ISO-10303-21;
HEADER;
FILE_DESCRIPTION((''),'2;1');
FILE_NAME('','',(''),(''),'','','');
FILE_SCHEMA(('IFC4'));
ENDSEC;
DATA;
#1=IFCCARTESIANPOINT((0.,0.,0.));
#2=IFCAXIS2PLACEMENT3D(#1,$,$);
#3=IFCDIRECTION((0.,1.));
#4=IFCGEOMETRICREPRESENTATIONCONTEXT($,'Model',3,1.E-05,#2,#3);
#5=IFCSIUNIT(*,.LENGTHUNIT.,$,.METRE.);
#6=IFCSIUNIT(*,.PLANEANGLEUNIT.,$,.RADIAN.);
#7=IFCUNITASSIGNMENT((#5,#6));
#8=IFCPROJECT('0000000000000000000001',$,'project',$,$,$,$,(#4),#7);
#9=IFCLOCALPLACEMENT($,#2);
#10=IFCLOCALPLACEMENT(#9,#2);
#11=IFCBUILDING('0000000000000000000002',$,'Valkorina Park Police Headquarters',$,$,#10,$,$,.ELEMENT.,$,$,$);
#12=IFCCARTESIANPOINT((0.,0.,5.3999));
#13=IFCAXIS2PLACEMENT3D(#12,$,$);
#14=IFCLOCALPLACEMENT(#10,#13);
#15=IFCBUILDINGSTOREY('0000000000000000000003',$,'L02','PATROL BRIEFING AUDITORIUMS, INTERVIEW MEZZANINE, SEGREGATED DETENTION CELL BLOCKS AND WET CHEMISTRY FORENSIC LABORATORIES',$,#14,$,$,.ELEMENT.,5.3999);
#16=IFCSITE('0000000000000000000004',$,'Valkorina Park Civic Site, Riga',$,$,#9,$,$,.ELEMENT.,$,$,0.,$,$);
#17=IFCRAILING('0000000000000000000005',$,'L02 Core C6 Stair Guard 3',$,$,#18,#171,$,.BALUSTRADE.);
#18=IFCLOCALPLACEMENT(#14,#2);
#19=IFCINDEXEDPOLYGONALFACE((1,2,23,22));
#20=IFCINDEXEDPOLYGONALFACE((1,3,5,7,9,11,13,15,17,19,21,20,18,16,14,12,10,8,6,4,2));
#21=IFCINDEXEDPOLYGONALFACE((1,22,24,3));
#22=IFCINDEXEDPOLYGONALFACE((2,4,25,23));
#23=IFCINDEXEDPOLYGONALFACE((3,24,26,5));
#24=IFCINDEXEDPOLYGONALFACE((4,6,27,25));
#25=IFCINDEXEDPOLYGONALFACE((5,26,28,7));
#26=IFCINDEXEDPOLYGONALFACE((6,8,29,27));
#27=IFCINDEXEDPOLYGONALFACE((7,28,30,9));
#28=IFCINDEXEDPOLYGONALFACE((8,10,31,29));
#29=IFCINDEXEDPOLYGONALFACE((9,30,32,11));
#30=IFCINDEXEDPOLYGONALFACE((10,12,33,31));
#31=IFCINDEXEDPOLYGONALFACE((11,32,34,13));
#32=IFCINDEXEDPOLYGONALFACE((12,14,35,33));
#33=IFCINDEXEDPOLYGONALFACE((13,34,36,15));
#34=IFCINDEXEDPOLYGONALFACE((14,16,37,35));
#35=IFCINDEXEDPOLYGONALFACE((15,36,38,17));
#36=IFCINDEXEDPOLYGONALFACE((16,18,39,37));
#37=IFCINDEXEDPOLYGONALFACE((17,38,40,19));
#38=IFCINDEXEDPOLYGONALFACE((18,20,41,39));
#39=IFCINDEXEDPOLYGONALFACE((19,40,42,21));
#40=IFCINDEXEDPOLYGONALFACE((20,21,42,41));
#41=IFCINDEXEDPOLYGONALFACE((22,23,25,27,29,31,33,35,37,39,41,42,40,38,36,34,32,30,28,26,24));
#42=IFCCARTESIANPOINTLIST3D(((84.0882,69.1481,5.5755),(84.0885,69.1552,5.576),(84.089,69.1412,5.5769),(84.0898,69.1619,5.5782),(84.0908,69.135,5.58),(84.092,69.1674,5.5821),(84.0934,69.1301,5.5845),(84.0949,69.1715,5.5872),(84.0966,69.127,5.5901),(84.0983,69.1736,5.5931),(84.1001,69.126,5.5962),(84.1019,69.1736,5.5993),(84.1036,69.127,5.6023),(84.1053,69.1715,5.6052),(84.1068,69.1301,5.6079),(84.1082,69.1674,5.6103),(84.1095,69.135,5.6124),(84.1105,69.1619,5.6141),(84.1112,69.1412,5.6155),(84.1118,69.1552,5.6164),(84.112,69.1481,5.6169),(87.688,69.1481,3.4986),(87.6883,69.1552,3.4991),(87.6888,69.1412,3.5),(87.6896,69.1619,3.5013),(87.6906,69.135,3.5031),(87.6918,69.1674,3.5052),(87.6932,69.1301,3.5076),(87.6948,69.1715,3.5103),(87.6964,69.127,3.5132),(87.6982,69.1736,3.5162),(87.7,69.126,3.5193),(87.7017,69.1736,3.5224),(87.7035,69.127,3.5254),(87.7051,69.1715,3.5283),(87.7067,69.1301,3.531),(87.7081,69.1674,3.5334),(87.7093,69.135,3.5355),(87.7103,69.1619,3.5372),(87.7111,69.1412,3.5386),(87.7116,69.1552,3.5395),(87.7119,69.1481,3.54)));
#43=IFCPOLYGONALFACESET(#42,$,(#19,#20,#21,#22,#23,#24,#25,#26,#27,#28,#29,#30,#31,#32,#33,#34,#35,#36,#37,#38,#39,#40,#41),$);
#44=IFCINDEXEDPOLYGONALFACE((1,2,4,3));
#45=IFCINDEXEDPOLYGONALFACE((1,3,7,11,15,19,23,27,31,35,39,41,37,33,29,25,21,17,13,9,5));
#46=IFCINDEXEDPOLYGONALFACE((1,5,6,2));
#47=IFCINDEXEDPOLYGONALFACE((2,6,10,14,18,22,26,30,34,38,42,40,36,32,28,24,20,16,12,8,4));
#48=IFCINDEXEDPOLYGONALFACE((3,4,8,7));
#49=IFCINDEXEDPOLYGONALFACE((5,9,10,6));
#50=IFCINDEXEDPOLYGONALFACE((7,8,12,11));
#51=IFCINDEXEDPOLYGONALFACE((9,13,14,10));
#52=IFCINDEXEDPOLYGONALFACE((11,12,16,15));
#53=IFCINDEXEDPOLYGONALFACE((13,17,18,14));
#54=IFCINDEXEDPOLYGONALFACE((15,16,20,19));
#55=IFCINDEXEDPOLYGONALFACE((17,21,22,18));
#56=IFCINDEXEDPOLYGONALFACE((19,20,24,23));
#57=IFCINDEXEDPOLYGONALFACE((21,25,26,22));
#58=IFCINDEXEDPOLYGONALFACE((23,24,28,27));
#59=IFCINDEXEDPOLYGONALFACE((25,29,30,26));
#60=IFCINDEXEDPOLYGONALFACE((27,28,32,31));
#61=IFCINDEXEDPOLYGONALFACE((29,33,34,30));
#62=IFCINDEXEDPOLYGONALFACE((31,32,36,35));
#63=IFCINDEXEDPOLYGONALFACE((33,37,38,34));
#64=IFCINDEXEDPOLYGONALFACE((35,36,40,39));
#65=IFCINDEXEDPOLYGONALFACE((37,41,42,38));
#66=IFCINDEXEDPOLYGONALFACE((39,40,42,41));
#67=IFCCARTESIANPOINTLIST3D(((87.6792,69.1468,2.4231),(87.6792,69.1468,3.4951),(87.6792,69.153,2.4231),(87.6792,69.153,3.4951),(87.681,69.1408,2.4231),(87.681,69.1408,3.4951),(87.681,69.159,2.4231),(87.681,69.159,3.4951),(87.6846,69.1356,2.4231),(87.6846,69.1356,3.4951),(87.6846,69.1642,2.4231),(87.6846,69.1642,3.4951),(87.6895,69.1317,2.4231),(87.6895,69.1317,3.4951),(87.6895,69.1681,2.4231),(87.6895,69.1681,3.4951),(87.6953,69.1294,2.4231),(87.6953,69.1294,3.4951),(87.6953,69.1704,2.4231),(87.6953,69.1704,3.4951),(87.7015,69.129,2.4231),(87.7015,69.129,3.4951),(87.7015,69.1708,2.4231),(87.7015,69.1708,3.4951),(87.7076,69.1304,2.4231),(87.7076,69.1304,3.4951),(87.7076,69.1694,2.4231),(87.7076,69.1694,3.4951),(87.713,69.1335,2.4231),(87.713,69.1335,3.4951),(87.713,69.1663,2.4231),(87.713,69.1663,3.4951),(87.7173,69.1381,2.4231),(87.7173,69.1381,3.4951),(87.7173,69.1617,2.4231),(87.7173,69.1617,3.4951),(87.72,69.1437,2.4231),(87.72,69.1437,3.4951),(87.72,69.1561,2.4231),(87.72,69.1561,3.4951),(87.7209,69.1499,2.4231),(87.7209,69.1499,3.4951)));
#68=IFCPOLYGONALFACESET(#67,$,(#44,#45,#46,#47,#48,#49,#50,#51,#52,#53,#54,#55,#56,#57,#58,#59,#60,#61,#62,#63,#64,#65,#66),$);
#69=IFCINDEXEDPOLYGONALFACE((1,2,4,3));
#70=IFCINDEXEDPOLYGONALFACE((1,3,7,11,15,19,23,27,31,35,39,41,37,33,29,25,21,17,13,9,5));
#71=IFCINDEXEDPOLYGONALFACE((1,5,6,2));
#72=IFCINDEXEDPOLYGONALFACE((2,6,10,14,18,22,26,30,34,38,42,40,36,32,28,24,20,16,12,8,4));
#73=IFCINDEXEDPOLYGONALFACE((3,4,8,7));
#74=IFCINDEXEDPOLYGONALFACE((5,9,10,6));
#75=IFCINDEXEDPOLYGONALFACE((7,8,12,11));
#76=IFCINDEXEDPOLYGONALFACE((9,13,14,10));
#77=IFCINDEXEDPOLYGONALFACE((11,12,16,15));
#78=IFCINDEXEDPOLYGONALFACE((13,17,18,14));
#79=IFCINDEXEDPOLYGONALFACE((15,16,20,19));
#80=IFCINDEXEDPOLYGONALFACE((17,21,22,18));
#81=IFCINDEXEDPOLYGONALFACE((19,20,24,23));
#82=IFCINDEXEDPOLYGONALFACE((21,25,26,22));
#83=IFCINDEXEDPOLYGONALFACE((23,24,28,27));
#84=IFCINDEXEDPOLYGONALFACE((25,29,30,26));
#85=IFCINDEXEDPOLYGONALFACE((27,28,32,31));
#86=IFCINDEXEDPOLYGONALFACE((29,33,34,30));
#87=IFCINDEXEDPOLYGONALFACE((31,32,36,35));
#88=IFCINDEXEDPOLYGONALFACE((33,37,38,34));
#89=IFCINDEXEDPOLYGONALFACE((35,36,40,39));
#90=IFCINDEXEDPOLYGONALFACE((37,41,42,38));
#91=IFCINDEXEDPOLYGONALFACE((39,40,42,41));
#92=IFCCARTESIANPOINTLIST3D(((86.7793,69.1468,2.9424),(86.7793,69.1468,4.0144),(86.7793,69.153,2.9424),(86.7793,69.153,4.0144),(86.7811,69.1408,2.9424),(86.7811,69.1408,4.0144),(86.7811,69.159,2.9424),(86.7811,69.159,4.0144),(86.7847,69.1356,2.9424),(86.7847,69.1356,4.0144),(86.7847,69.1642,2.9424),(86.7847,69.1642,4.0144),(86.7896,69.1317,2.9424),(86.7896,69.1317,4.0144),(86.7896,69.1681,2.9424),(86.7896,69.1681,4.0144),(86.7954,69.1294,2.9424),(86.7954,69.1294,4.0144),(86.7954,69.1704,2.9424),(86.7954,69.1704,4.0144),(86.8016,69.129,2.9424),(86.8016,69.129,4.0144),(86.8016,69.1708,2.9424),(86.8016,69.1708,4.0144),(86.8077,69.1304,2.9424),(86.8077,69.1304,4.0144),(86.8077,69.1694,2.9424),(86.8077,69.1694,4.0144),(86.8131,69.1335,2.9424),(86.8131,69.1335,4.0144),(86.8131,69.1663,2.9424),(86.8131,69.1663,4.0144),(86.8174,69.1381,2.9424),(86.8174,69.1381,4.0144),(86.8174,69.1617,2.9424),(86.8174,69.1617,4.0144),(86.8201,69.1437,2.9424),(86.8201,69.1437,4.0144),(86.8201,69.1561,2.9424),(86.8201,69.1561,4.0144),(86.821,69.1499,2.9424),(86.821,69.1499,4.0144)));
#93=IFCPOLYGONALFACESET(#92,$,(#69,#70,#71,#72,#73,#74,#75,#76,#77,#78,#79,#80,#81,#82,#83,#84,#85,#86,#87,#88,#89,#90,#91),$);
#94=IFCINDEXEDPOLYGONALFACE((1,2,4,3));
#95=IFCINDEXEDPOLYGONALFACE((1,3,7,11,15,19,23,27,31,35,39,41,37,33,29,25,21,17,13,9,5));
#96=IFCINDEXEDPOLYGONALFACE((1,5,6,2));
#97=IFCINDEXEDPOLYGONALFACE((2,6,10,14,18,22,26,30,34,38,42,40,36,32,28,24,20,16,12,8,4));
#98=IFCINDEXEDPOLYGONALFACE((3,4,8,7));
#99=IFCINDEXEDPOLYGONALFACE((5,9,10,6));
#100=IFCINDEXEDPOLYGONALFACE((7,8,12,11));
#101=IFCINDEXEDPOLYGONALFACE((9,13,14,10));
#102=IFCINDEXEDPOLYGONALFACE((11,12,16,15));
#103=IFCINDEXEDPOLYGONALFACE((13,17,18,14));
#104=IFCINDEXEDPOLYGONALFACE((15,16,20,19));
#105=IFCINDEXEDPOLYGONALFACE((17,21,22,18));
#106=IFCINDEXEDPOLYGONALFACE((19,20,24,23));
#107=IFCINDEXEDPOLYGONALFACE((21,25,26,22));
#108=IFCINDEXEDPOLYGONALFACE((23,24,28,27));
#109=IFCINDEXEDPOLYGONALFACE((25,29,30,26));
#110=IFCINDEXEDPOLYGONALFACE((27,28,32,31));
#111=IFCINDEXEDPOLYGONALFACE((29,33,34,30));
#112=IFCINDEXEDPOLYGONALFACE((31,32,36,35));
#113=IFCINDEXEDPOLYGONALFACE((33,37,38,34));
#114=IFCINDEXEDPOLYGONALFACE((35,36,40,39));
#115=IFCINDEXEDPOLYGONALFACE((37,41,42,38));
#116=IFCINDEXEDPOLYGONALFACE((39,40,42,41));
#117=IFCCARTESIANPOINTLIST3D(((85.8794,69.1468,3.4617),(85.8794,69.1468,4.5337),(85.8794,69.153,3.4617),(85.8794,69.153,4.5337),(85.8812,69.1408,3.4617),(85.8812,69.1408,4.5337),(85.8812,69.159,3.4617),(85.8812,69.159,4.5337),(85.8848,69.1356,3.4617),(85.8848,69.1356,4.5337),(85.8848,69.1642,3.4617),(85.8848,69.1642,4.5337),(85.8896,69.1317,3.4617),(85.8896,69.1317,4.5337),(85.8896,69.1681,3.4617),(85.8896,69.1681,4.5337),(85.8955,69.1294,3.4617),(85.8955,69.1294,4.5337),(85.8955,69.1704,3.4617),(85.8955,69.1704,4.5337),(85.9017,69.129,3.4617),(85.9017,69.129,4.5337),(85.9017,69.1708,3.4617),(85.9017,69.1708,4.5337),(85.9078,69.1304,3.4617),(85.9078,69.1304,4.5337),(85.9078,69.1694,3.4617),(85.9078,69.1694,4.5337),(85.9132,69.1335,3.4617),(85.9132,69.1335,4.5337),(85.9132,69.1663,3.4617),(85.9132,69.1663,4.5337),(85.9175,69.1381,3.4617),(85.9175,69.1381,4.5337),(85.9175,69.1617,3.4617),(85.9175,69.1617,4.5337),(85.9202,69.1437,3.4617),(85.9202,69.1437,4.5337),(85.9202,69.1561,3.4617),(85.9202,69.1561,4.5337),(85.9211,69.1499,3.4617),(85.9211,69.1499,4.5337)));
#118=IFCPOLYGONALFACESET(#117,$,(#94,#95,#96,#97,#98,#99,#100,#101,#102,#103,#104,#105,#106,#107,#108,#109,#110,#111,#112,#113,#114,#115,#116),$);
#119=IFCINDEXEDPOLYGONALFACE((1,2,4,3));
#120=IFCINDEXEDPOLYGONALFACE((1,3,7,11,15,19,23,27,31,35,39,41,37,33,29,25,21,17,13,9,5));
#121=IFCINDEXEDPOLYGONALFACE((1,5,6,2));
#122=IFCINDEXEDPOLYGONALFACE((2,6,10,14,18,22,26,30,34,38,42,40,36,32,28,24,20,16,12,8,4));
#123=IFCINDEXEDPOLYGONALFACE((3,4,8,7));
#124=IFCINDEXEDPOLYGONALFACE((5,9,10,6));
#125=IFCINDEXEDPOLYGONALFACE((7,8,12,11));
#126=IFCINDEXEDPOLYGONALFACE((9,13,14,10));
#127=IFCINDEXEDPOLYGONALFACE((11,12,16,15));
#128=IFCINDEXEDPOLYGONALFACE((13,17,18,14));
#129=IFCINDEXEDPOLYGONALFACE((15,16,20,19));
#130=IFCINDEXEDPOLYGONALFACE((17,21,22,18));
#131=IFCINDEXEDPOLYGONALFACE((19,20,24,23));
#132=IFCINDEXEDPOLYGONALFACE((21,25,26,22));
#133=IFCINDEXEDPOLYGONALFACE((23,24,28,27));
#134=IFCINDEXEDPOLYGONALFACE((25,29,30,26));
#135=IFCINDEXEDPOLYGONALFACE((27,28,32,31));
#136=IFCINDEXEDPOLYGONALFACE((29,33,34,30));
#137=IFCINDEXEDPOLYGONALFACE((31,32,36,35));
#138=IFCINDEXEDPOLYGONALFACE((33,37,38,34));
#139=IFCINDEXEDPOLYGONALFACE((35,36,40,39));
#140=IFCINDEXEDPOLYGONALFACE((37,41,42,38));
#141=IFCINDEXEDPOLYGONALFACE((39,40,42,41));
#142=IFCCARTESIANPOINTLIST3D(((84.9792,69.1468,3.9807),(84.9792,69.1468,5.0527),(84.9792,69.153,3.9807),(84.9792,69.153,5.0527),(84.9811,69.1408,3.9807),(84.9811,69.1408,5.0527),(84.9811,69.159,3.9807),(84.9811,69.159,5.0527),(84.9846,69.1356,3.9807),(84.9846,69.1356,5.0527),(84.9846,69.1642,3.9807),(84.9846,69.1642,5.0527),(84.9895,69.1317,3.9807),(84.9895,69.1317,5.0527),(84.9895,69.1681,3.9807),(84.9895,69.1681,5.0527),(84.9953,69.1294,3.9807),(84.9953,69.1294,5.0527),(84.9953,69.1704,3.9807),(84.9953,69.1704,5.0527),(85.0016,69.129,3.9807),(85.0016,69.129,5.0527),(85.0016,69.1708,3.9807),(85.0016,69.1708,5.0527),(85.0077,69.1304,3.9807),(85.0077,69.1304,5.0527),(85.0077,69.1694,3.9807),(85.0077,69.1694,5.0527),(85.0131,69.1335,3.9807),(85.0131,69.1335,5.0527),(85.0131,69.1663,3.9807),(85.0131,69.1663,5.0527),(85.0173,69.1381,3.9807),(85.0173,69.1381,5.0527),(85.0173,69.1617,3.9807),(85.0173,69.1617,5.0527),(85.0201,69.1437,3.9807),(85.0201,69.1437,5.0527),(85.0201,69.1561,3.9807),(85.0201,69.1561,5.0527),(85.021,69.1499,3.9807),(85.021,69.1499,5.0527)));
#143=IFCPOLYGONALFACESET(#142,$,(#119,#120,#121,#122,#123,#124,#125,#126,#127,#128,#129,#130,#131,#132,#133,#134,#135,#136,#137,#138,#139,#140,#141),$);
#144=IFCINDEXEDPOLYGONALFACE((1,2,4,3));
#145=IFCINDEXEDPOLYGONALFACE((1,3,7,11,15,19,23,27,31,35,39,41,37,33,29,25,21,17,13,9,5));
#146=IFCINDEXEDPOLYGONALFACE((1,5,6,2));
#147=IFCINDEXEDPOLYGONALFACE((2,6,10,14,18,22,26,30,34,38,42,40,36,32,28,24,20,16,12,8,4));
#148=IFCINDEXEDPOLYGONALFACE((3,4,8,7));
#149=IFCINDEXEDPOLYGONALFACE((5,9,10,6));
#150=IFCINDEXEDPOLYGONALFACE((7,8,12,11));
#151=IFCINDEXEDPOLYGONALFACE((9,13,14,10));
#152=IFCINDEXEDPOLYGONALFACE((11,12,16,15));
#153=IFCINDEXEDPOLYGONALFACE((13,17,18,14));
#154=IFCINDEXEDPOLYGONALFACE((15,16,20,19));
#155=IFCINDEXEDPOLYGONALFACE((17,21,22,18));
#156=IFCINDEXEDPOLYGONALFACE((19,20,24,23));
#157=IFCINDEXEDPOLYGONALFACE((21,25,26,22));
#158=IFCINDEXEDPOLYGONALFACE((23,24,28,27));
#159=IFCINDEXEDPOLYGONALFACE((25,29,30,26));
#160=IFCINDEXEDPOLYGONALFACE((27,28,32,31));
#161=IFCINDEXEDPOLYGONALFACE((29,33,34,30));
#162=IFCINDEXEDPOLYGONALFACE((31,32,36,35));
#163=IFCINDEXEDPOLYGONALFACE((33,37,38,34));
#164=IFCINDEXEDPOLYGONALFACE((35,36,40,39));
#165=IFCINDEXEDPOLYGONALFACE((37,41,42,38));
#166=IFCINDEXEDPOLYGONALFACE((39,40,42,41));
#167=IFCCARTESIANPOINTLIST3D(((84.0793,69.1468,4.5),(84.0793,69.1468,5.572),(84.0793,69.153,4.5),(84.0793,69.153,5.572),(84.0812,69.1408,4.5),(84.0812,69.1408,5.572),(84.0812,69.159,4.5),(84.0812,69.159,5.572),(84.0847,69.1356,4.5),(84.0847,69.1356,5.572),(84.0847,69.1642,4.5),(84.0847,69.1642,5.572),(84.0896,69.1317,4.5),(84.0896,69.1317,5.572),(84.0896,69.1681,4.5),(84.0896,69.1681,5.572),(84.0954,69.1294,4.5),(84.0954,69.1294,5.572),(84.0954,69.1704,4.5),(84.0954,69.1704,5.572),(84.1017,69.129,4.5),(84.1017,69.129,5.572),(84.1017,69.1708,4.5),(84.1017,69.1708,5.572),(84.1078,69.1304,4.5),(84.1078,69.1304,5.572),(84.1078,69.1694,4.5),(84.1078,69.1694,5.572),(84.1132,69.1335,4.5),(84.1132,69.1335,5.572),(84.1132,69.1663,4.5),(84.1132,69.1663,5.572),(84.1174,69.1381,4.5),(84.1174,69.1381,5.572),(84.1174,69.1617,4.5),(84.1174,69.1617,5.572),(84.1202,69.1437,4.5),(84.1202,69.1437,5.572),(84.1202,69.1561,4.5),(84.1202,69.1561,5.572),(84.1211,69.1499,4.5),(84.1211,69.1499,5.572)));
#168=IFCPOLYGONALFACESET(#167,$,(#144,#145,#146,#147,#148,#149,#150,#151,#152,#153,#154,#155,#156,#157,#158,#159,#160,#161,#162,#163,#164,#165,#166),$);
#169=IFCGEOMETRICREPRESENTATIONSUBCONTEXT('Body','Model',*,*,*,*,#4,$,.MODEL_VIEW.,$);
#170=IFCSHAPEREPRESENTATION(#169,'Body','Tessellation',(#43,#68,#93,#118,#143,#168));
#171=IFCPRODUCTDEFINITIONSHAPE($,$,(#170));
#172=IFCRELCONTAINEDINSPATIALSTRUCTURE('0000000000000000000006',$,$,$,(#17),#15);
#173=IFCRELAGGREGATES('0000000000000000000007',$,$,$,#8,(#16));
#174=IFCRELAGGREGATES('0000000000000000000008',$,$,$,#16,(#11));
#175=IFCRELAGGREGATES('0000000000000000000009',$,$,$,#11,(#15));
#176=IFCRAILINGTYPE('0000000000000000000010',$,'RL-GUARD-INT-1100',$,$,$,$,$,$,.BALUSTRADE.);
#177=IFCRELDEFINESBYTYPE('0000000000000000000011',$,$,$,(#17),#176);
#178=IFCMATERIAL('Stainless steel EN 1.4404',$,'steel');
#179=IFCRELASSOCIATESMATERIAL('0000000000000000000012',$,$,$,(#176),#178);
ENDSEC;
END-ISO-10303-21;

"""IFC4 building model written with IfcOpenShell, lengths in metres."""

from ifc_helpers import new_model, si_unit, direction, frame, origin, origin_2d, place, context, subcontext, project, spatial, circle, extrude, material, type_object, element, save


model = new_model("IFC4")

# Units and contexts
model_context = context("Model", 3, precision=1e-05, world=origin(), true_north=direction((0.0, 1.0)))
body_context = subcontext(model_context, "Body", "Model", "MODEL_VIEW")
ifc_project = project(units=[si_unit("LENGTHUNIT", "METRE"), si_unit("PLANEANGLEUNIT", "RADIAN")], contexts=[model_context])

# Site, building, storey
site_placement = place(None, origin())
site = spatial("IfcSite", under=ifc_project, at=site_placement, Name="Valkorina Park Civic Site, Riga", CompositionType="ELEMENT", RefElevation=0.0)
building_placement = place(site_placement, origin())
building = spatial("IfcBuilding", under=site, at=building_placement, Name="Valkorina Park Police Headquarters", CompositionType="ELEMENT")
storey_placement = place(building_placement, frame((0.0, 0.0, 5.3999)))
storey = spatial("IfcBuildingStorey", under=building, at=storey_placement, Name="L02", Description="PATROL BRIEFING AUDITORIUMS, INTERVIEW MEZZANINE, SEGREGATED DETENTION CELL BLOCKS AND WET CHEMISTRY FORENSIC LABORATORIES", CompositionType="ELEMENT", Elevation=5.3999)

# Railing
ifc_material_1 = material(Name="Stainless steel EN 1.4404", Category="steel")
railing_type_1 = type_object("IfcRailingType", Name="RL-GUARD-INT-1100", PredefinedType="BALUSTRADE", material=ifc_material_1)
railing_1_placement = place(storey_placement, frame((87.7, 69.1499, 2.4231)))
element("IfcRailing", 1, at=railing_1_placement, inside=storey, type_object=railing_type_1, Name="L02 Core C6 Stair Guard 3", PredefinedType="BALUSTRADE", context=body_context, shape_type="SweptSolid", body=[
    extrude(circle(Radius=0.0239, at=origin_2d()), frame((0.0, 0.0, 1.0962), z_axis=(-0.866179, 0.0, 0.499734), x_axis=(0.0, -1.0, 0.0)), (0.0, 0.0, 1.0), 4.156),
    extrude(circle(Radius=0.021, at=origin_2d()), origin(), (0.0, 0.0, 1.0), 1.072),
    extrude(circle(Radius=0.021, at=origin_2d()), frame((-0.8999, 0.0, 0.5193)), (0.0, 0.0, 1.0), 1.072),
    extrude(circle(Radius=0.021, at=origin_2d()), frame((-1.7998, 0.0, 1.0386)), (0.0, 0.0, 1.0), 1.072),
    extrude(circle(Radius=0.021, at=origin_2d()), frame((-2.7, 0.0, 1.5576)), (0.0, 0.0, 1.0), 1.072),
    extrude(circle(Radius=0.021, at=origin_2d()), frame((-3.5999, 0.0, 2.0769)), (0.0, 0.0, 1.0), 1.072),
])

save(model, "model.ifc")
